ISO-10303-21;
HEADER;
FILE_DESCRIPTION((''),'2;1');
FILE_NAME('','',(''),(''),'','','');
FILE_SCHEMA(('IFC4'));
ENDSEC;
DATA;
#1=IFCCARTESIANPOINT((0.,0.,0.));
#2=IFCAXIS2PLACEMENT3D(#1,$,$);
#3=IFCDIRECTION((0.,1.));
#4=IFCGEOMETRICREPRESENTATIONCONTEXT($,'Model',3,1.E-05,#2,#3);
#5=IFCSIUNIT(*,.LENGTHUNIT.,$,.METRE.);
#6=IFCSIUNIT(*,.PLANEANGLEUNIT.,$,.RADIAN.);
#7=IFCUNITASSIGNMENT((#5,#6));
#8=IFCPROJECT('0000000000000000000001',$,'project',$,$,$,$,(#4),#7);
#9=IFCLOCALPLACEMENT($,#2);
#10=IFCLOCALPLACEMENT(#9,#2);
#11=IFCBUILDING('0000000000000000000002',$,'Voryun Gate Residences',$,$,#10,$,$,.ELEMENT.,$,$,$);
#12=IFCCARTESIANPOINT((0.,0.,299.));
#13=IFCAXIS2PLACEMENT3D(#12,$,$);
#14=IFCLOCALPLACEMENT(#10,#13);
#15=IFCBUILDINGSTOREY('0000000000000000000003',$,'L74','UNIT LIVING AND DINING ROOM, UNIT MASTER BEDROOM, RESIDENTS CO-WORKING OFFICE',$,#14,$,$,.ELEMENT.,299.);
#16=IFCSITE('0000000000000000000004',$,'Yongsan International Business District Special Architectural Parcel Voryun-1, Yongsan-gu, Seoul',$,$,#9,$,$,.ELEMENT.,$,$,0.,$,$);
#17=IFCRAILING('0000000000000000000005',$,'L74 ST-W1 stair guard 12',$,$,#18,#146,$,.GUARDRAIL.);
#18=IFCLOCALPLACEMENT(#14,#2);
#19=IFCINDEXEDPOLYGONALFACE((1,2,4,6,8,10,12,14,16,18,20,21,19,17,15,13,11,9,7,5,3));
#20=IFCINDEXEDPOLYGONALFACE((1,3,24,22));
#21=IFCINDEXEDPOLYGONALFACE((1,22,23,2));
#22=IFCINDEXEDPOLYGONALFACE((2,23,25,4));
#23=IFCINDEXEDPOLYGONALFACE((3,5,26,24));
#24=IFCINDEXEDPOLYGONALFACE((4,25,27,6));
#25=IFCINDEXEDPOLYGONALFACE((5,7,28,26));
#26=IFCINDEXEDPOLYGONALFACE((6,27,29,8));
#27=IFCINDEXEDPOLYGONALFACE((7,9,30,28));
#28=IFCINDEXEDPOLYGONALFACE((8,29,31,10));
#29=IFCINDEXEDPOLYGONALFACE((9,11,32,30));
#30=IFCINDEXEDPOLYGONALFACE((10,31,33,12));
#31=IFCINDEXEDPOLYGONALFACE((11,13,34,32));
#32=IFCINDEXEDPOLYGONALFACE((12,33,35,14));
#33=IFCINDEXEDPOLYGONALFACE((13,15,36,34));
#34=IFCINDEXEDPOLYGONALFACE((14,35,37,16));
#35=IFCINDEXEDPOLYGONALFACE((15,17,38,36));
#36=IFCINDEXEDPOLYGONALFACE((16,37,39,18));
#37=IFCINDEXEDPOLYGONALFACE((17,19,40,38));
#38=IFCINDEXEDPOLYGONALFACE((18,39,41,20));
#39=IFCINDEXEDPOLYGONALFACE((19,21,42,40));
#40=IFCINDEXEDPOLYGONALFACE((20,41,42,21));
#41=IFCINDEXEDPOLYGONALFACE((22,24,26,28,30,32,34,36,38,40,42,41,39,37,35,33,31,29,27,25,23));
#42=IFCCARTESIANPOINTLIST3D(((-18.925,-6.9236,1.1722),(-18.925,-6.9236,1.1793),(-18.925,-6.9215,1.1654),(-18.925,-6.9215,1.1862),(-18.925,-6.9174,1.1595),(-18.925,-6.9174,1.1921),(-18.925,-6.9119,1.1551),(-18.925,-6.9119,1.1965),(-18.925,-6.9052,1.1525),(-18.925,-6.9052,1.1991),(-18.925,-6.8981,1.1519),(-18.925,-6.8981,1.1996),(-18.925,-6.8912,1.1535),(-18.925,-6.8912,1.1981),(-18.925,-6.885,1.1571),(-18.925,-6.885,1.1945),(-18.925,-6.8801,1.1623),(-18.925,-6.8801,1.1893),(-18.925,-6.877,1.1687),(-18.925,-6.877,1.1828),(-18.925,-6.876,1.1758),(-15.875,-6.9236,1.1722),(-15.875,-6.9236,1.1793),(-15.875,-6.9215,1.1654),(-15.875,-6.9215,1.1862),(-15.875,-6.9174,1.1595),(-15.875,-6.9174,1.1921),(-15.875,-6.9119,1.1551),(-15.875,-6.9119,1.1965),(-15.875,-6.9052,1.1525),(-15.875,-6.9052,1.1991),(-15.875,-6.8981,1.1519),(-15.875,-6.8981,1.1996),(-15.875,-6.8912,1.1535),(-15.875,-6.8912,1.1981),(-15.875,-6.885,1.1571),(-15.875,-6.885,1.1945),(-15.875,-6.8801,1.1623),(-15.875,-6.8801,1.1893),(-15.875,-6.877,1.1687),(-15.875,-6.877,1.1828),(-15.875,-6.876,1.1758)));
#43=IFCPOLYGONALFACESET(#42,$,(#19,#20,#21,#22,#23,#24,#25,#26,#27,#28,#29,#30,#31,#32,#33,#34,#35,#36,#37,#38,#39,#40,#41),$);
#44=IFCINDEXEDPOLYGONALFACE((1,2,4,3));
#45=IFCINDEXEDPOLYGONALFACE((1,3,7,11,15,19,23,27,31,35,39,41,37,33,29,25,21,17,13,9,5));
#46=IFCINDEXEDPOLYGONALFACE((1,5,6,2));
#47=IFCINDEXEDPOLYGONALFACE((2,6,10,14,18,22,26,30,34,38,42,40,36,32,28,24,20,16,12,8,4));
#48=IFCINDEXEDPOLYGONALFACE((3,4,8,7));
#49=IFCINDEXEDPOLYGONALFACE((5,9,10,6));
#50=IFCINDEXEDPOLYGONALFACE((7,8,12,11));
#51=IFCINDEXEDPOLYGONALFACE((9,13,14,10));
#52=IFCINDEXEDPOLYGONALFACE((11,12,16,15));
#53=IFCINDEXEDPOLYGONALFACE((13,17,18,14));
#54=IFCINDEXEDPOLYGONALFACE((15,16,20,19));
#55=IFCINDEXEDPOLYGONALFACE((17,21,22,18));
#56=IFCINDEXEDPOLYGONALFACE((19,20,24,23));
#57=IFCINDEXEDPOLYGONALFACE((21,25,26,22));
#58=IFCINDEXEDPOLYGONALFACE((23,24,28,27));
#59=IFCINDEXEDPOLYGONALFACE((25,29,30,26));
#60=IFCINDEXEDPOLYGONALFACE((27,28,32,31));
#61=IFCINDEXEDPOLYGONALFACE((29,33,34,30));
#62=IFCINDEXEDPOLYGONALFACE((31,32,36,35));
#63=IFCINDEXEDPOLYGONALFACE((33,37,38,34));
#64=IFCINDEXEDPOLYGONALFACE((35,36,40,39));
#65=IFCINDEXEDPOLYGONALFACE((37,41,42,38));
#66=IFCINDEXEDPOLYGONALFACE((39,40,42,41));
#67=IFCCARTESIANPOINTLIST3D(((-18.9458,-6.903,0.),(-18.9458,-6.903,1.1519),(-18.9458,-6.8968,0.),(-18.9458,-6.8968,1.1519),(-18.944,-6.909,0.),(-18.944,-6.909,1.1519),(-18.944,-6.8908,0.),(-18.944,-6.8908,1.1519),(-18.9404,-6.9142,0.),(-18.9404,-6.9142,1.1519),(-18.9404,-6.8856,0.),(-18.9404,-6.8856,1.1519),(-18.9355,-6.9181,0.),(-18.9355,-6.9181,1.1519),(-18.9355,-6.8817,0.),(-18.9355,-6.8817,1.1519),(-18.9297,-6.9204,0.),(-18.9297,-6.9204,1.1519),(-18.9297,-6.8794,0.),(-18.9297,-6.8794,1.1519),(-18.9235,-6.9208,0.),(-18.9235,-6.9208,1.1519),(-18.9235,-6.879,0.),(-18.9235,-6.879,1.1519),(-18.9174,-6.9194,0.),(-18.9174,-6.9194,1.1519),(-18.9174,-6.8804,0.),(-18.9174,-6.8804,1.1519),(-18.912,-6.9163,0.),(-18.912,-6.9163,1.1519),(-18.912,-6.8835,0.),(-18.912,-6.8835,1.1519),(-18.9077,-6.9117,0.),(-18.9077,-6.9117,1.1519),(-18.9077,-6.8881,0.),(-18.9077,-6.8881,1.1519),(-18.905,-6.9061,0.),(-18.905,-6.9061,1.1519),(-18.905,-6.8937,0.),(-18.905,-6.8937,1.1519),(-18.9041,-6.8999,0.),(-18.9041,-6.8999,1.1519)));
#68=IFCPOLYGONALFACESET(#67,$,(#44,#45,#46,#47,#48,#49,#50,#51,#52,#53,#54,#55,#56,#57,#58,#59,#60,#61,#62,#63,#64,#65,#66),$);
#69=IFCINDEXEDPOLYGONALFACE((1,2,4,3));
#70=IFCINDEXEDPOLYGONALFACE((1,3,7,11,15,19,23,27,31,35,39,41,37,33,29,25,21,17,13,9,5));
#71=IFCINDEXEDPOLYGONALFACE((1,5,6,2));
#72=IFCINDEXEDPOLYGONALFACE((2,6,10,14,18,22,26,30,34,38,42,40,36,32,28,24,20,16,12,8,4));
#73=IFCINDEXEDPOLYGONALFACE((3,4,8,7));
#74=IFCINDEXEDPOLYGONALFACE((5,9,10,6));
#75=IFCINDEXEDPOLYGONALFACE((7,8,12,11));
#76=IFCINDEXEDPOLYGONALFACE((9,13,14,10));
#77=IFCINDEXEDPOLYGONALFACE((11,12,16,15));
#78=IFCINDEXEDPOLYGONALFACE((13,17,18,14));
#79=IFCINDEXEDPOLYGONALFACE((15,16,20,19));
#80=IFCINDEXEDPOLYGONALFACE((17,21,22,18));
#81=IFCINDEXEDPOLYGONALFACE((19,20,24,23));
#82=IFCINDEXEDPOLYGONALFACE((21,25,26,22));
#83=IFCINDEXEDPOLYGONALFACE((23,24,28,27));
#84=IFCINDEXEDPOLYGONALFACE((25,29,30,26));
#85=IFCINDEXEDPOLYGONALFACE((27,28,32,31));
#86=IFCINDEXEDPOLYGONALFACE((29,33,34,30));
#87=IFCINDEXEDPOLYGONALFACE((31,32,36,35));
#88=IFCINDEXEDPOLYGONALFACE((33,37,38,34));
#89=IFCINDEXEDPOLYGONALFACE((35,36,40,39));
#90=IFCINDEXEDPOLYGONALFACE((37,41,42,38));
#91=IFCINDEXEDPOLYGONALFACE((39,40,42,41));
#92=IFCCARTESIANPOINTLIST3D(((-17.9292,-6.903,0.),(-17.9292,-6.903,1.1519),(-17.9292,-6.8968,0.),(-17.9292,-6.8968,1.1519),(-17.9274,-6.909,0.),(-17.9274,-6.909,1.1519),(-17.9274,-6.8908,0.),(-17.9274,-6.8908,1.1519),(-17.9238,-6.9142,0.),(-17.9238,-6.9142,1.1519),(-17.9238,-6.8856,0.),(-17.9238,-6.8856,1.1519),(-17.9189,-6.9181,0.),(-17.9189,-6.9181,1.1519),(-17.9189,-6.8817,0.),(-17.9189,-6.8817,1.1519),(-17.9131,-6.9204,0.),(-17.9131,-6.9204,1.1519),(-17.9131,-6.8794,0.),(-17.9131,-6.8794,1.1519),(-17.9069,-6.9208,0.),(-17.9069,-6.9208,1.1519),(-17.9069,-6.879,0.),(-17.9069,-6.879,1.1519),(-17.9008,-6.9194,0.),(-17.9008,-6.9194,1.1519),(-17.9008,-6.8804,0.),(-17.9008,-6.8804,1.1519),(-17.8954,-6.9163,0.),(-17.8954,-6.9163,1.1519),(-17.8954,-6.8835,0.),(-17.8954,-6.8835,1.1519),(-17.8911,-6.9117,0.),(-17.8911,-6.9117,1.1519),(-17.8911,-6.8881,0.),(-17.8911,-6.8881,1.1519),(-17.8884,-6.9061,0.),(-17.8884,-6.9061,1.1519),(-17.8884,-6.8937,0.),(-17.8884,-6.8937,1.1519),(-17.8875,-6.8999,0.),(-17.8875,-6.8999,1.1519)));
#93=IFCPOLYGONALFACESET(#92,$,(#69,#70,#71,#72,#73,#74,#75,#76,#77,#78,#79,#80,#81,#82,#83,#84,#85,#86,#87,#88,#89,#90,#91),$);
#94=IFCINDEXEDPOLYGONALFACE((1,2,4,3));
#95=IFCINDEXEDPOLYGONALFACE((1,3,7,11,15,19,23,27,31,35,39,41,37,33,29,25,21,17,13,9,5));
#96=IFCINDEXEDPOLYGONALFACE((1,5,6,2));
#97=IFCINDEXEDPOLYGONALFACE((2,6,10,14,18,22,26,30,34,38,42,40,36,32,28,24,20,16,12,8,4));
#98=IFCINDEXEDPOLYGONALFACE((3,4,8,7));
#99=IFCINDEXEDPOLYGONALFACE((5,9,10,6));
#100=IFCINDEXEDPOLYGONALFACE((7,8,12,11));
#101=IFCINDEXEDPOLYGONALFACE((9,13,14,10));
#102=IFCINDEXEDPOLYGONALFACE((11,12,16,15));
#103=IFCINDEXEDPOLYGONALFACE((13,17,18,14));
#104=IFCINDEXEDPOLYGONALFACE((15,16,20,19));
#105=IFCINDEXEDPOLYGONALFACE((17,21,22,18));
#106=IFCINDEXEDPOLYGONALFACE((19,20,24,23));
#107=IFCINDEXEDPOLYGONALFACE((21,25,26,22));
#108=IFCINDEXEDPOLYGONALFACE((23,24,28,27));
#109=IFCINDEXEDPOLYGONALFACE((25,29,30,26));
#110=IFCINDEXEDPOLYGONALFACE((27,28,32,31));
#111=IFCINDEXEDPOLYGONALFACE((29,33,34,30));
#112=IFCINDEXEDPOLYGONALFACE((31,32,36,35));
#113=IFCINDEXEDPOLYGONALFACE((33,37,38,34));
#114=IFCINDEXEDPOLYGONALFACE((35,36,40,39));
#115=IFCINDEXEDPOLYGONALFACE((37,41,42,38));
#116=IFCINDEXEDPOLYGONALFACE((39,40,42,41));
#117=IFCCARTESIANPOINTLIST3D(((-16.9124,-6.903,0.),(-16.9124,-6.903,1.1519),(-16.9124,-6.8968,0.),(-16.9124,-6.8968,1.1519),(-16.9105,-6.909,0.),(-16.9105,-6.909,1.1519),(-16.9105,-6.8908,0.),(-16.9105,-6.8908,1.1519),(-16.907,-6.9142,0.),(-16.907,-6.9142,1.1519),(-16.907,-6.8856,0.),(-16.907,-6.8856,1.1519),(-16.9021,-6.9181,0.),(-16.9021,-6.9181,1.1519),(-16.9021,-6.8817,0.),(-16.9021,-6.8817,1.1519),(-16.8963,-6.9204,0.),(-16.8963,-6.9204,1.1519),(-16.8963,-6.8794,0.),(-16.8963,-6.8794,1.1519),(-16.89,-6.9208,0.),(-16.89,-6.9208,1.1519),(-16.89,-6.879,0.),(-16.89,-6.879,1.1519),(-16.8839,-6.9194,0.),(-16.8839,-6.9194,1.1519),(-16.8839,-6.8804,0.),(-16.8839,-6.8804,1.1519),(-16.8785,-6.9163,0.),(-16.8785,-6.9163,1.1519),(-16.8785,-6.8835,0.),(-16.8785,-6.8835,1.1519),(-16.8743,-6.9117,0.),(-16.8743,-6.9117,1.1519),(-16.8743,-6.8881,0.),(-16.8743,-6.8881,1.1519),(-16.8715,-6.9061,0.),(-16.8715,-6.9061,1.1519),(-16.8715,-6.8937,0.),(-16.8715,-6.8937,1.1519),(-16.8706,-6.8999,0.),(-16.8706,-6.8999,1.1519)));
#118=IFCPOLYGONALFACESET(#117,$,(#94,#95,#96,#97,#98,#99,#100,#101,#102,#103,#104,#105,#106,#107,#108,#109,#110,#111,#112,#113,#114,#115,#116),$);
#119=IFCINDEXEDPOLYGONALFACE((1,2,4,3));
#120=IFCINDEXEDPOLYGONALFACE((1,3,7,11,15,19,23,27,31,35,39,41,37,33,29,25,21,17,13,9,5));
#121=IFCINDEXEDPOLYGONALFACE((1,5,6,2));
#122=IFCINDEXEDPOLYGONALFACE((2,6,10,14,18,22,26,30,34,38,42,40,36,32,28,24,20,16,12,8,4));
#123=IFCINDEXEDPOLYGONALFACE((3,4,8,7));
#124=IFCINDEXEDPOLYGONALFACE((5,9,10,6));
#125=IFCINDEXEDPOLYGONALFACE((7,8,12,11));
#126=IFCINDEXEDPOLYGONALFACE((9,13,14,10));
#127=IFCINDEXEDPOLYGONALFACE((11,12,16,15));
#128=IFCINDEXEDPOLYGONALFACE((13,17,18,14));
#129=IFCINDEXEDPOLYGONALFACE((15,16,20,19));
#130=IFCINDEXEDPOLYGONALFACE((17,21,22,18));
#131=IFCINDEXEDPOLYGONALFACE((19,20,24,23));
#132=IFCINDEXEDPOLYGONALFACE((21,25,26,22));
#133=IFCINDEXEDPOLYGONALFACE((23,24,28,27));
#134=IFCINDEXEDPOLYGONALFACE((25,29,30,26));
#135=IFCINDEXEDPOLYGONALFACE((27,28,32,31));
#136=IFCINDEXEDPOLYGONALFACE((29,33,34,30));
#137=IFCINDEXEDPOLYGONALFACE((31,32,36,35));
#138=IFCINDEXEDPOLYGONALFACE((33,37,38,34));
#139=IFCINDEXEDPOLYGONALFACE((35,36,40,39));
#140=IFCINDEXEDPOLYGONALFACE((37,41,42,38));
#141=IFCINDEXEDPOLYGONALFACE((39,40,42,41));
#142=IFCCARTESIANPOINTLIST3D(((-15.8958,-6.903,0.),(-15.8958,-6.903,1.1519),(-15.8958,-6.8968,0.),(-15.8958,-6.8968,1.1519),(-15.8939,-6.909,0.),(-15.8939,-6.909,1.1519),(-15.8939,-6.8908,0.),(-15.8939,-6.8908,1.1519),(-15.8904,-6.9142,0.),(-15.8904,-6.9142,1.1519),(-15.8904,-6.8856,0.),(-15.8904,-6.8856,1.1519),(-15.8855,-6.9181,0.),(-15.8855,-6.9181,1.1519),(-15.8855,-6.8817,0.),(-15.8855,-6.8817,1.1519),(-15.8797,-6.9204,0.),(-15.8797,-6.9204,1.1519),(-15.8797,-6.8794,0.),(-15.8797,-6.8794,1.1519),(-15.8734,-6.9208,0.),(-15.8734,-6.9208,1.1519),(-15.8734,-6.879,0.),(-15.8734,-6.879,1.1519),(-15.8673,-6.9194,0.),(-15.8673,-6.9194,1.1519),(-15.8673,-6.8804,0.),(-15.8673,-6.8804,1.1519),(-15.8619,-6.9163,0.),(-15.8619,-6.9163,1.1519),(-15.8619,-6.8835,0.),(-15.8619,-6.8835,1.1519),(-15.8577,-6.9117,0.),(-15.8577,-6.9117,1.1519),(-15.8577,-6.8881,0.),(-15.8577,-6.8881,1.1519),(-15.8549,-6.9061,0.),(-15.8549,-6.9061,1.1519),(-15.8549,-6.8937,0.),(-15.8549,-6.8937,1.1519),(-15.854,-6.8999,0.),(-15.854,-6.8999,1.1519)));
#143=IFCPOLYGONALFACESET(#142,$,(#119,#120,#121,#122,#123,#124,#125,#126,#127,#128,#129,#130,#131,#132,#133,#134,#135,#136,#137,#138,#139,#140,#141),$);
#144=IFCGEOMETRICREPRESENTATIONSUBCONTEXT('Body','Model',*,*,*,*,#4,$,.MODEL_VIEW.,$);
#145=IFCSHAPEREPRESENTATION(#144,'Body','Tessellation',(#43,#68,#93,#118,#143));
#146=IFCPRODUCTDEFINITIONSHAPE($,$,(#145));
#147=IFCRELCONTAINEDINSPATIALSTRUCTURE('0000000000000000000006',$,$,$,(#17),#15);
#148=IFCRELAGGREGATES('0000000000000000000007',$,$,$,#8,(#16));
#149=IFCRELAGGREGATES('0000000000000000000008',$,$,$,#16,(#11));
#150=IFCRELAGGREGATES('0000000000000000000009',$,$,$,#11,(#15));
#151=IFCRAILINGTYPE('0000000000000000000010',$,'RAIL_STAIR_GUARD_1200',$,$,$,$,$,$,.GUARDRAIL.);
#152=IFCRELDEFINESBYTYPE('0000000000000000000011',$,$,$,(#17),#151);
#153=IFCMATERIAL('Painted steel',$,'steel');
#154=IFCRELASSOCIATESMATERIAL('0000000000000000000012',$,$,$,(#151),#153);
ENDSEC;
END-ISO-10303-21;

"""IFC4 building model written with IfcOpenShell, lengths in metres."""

from ifc_helpers import new_model, si_unit, direction, frame, origin, origin_2d, place, context, subcontext, project, spatial, circle, extrude, material, type_object, element, save


model = new_model("IFC4")

# Units and contexts
model_context = context("Model", 3, precision=1e-05, world=origin(), true_north=direction((0.0, 1.0)))
body_context = subcontext(model_context, "Body", "Model", "MODEL_VIEW")
ifc_project = project(units=[si_unit("LENGTHUNIT", "METRE"), si_unit("PLANEANGLEUNIT", "RADIAN")], contexts=[model_context])

# Site, building, storey
site_placement = place(None, origin())
site = spatial("IfcSite", under=ifc_project, at=site_placement, Name="Yongsan International Business District Special Architectural Parcel Voryun-1, Yongsan-gu, Seoul", CompositionType="ELEMENT", RefElevation=0.0)
building_placement = place(site_placement, origin())
building = spatial("IfcBuilding", under=site, at=building_placement, Name="Voryun Gate Residences", CompositionType="ELEMENT")
storey_placement = place(building_placement, frame((0.0, 0.0, 299.0)))
storey = spatial("IfcBuildingStorey", under=building, at=storey_placement, Name="L74", Description="UNIT LIVING AND DINING ROOM, UNIT MASTER BEDROOM, RESIDENTS CO-WORKING OFFICE", CompositionType="ELEMENT", Elevation=299.0)

# Railing
ifc_material_1 = material(Name="Painted steel", Category="steel")
railing_type_1 = type_object("IfcRailingType", Name="RAIL_STAIR_GUARD_1200", PredefinedType="GUARDRAIL", material=ifc_material_1)
railing_1_placement = place(storey_placement, frame((-18.925, -6.8999, 0.0)))
element("IfcRailing", 1, at=railing_1_placement, inside=storey, type_object=railing_type_1, Name="L74 ST-W1 stair guard 12", PredefinedType="GUARDRAIL", context=body_context, shape_type="SweptSolid", body=[
    extrude(circle(Radius=0.0239, at=origin_2d()), frame((0.0, 0.0, 1.1758), z_axis=(1.0, 0.0, 0.0), x_axis=(0.0, 1.0, 0.0)), (0.0, 0.0, 1.0), 3.05),
    extrude(circle(Radius=0.021, at=origin_2d()), origin(), (0.0, 0.0, 1.0), 1.1519),
    extrude(circle(Radius=0.021, at=origin_2d()), frame((1.0166, 0.0, 0.0)), (0.0, 0.0, 1.0), 1.1519),
    extrude(circle(Radius=0.021, at=origin_2d()), frame((2.0334, 0.0, 0.0)), (0.0, 0.0, 1.0), 1.1519),
    extrude(circle(Radius=0.021, at=origin_2d()), frame((3.05, 0.0, 0.0)), (0.0, 0.0, 1.0), 1.1519),
])

save(model, "model.ifc")
